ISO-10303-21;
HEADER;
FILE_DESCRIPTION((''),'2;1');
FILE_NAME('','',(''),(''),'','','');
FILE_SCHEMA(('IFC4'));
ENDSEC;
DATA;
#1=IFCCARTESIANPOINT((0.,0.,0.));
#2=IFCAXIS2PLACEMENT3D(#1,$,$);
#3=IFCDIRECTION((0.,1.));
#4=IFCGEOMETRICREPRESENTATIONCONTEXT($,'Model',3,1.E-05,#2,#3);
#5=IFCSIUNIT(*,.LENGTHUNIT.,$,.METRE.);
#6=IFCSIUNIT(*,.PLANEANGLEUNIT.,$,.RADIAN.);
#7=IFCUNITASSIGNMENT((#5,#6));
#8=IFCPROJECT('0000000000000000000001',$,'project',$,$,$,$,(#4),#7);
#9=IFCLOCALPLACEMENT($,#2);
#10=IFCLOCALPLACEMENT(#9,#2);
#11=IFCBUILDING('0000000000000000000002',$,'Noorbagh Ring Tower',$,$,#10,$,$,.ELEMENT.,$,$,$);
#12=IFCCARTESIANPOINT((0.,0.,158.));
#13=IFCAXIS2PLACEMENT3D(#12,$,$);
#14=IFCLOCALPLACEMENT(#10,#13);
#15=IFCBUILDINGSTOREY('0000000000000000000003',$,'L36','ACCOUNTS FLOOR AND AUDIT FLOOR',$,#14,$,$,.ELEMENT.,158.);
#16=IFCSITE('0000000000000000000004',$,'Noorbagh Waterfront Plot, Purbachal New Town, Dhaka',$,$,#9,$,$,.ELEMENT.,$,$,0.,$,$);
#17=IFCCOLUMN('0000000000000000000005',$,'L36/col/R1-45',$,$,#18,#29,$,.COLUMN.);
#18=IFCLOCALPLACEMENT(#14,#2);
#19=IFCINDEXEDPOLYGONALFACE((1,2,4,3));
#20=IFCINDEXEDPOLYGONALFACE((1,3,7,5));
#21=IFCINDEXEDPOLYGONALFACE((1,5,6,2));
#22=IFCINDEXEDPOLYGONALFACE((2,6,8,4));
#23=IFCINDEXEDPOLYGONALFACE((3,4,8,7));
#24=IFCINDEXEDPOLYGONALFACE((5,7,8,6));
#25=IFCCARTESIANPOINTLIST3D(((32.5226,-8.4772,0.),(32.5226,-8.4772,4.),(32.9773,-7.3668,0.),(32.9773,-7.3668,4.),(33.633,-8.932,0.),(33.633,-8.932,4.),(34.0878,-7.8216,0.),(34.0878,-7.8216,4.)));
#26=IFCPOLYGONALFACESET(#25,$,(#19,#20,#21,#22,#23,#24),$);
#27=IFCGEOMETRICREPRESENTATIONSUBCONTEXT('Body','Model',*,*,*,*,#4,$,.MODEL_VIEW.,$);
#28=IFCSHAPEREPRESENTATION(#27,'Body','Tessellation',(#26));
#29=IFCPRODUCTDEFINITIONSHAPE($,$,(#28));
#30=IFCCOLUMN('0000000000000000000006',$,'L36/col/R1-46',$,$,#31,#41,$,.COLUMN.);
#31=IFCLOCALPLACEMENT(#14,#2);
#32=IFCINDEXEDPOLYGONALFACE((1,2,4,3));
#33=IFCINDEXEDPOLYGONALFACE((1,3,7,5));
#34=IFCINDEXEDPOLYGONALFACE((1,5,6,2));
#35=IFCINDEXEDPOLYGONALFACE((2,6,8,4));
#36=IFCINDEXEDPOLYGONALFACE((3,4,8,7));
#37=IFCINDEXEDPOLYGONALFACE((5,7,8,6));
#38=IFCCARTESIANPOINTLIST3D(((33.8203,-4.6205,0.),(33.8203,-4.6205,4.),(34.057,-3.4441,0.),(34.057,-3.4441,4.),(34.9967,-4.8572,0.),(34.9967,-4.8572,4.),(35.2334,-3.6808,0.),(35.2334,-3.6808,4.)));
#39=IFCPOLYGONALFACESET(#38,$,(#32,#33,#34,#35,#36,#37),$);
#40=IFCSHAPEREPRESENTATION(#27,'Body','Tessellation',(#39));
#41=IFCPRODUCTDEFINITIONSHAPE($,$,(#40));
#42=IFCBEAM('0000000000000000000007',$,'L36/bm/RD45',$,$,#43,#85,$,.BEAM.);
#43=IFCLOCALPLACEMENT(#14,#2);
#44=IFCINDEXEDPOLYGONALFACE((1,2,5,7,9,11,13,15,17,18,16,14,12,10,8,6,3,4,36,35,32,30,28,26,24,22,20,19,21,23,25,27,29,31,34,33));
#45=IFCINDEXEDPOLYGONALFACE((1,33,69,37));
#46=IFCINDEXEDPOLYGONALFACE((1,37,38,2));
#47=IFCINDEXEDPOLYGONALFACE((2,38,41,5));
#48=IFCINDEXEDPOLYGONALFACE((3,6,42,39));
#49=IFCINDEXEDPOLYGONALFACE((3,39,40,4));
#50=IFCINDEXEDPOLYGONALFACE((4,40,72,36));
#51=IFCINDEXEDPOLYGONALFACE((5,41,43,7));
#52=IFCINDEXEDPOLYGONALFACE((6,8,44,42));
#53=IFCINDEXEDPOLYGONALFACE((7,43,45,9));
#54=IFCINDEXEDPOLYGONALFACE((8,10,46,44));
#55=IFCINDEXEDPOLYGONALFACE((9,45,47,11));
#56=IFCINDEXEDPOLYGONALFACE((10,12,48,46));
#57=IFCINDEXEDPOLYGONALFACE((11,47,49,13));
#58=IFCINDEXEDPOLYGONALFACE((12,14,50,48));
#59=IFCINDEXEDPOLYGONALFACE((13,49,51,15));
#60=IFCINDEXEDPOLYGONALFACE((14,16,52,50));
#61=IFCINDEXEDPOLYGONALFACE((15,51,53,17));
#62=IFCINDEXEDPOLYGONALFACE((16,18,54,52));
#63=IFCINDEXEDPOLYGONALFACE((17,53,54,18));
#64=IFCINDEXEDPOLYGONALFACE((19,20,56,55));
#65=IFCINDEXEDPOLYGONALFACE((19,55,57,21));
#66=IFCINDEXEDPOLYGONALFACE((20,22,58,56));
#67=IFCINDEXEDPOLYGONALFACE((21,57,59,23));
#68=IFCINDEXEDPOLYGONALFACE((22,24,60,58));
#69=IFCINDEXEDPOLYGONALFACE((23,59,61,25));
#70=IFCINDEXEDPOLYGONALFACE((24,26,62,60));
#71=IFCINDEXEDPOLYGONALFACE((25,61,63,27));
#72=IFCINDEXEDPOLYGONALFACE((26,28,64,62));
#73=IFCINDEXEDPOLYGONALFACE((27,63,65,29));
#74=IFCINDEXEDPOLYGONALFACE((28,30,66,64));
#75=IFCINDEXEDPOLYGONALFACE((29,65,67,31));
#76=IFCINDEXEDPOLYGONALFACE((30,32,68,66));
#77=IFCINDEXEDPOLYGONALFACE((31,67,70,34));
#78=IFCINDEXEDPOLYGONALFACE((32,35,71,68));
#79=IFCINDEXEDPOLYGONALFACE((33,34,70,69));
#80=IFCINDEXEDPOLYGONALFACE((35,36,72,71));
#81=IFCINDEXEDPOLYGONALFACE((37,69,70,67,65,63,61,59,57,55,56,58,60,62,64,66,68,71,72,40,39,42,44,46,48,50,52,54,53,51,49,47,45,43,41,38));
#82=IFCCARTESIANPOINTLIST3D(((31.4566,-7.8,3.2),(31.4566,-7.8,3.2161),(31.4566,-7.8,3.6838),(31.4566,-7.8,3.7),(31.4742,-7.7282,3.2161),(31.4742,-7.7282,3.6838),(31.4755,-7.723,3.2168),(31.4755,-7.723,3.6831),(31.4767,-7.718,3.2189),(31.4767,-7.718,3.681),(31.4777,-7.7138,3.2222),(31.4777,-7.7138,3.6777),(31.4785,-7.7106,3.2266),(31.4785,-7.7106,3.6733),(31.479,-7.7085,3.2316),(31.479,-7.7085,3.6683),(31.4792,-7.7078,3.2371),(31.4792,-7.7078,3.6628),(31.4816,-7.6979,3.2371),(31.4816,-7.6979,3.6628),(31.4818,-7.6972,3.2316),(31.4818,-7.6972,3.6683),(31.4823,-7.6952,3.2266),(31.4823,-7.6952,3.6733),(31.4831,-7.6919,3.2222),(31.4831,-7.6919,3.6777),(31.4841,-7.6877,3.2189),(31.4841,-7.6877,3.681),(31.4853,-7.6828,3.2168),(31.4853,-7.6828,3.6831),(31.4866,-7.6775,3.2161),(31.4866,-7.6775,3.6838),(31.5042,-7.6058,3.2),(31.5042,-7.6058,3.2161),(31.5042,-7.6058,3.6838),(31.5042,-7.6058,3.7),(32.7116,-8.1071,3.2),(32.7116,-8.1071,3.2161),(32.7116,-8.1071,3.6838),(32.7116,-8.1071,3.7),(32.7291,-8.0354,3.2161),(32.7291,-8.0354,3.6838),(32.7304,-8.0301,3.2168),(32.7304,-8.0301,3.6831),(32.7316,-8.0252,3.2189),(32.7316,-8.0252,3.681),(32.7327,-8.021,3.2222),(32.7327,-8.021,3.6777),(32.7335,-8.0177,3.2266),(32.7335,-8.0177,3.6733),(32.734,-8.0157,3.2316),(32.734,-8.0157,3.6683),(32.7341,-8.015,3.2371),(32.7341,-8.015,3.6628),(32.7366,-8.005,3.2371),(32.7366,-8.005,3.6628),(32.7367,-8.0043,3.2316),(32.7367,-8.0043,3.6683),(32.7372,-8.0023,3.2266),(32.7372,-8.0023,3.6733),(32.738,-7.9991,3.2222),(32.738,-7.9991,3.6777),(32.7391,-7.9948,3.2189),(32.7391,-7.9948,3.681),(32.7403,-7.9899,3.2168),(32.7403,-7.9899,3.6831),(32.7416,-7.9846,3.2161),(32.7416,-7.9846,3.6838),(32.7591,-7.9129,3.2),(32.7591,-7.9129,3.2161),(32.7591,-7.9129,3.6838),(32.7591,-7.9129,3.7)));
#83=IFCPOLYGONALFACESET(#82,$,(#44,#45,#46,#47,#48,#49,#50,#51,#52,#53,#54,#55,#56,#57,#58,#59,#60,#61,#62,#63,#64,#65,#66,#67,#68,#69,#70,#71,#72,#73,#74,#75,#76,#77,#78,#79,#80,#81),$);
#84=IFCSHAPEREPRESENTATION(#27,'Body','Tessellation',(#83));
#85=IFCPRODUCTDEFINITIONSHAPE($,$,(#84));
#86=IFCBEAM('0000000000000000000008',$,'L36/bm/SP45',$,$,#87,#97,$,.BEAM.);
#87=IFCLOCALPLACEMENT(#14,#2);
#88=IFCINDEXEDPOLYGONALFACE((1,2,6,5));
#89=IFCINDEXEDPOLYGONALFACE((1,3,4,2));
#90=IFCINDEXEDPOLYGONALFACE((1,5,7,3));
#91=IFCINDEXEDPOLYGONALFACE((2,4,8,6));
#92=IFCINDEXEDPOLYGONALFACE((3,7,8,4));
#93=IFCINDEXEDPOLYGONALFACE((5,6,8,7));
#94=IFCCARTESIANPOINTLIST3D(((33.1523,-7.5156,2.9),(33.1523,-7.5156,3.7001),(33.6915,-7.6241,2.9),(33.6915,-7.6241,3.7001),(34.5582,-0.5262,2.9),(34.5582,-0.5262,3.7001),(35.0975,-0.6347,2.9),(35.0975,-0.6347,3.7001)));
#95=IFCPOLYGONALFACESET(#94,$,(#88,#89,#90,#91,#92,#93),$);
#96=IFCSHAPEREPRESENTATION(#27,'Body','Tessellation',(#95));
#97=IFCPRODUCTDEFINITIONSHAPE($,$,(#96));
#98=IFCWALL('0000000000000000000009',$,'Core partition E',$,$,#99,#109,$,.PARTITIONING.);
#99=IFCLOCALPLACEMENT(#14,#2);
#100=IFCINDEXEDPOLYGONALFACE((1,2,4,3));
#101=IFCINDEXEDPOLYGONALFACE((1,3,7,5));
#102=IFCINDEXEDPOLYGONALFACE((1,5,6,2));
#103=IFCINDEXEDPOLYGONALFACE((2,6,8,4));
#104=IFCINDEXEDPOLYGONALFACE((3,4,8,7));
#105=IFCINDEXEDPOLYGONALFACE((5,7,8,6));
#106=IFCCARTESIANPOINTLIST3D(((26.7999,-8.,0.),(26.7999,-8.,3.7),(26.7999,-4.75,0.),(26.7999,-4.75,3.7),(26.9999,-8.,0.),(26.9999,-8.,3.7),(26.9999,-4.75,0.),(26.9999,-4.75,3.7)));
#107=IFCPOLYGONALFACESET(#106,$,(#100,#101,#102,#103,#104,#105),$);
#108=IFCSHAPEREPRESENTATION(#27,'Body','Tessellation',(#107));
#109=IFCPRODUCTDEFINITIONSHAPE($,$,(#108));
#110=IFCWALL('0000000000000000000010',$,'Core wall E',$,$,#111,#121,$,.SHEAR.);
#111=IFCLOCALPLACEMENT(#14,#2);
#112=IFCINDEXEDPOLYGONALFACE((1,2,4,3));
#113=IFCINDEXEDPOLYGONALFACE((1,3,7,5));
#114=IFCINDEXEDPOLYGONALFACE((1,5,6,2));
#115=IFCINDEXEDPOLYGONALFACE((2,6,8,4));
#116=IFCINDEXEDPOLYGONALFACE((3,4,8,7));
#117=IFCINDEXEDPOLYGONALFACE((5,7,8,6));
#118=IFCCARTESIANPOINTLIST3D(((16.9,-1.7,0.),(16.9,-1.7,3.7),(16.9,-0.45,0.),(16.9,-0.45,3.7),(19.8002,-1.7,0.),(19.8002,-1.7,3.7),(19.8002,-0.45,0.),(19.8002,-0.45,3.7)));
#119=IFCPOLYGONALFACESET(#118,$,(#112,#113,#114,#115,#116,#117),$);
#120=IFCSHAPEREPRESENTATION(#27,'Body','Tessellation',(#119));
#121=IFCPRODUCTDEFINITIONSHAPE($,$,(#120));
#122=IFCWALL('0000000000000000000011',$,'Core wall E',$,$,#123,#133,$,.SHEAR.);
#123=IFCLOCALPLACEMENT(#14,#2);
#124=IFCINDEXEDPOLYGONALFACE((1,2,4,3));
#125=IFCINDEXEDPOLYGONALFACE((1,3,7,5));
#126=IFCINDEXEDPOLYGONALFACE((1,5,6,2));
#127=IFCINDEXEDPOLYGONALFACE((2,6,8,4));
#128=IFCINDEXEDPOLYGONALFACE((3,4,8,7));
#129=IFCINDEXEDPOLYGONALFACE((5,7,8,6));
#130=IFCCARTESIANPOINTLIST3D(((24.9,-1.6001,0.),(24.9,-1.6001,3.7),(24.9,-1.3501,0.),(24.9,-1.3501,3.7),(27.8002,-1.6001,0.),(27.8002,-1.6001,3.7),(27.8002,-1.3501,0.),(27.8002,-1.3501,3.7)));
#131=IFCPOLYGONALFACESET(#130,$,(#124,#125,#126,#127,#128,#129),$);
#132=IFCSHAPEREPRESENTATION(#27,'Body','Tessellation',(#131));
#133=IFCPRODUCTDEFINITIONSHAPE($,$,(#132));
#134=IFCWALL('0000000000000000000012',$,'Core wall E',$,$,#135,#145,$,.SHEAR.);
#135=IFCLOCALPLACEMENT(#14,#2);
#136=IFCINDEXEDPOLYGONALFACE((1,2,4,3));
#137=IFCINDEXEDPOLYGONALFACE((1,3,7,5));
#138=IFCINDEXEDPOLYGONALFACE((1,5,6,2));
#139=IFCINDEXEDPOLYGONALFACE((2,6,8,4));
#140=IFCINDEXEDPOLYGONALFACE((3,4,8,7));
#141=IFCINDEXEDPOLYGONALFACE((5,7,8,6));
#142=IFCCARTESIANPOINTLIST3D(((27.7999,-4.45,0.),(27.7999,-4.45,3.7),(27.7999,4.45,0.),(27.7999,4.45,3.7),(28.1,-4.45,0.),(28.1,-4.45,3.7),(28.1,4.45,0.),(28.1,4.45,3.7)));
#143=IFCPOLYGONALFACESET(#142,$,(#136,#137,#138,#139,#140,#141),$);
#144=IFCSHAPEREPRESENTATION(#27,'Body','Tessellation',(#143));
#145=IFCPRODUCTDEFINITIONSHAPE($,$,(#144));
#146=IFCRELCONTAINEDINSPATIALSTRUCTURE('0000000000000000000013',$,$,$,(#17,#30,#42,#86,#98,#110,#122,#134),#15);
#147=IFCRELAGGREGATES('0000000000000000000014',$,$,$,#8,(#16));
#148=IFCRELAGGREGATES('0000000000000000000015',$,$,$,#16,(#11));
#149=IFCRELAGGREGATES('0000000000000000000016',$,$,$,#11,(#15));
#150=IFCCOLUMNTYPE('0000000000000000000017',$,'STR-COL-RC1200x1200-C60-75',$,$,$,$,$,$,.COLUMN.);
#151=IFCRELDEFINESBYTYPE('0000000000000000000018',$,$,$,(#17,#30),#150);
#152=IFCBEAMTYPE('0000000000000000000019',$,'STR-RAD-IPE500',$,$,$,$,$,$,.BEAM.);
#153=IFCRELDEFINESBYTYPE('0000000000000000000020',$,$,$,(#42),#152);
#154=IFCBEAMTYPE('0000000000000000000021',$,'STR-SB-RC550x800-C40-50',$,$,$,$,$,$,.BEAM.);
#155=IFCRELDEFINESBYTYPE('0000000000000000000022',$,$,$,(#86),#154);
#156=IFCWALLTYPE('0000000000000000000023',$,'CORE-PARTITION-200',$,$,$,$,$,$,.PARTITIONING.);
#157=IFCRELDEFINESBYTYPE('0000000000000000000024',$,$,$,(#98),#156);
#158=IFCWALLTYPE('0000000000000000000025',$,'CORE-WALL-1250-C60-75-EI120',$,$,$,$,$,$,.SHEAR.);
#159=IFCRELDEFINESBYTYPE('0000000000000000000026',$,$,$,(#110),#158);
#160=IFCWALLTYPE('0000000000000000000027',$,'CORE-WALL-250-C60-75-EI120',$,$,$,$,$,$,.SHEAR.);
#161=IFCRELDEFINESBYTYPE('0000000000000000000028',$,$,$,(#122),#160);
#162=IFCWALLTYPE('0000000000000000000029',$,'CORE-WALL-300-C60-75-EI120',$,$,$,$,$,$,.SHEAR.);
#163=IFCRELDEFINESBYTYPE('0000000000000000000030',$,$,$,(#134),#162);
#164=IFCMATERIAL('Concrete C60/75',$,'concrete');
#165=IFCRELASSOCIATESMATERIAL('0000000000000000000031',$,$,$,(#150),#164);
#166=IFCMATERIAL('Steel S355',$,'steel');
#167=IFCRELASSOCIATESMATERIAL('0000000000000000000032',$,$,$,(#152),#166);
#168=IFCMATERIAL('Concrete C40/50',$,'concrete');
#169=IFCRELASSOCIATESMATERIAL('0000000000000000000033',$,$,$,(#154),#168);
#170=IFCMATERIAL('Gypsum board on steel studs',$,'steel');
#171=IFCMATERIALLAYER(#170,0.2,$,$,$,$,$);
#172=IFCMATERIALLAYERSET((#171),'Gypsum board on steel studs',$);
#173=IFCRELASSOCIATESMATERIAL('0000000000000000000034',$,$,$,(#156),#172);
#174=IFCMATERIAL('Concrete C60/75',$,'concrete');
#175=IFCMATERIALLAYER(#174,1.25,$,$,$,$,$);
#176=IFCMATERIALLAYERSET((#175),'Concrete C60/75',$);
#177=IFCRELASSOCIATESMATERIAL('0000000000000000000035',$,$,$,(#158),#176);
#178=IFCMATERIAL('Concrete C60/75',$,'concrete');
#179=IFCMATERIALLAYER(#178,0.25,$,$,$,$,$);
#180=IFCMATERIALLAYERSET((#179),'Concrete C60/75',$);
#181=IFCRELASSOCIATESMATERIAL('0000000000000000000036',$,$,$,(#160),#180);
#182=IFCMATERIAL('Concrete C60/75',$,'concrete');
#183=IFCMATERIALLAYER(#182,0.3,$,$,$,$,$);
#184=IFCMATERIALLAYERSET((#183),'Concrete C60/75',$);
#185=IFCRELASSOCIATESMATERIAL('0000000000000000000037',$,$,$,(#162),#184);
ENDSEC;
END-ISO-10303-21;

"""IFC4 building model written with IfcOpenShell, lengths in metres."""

from ifc_helpers import new_model, si_unit, direction, frame, frame_2d, origin, origin_2d, place, context, subcontext, project, spatial, rectangle, i_section, extrude, material, layer, layer_set, material_profile, profile_set, type_object, element, save


model = new_model("IFC4")

# Units and contexts
model_context = context("Model", 3, precision=1e-05, world=origin(), true_north=direction((0.0, 1.0)))
body_context = subcontext(model_context, "Body", "Model", "MODEL_VIEW")
ifc_project = project(units=[si_unit("LENGTHUNIT", "METRE"), si_unit("PLANEANGLEUNIT", "RADIAN")], contexts=[model_context])

# Site, building, storey
site_placement = place(None, origin())
site = spatial("IfcSite", under=ifc_project, at=site_placement, Name="Noorbagh Waterfront Plot, Purbachal New Town, Dhaka", CompositionType="ELEMENT", RefElevation=0.0)
building_placement = place(site_placement, origin())
building = spatial("IfcBuilding", under=site, at=building_placement, Name="Noorbagh Ring Tower", CompositionType="ELEMENT")
storey_placement = place(building_placement, frame((0.0, 0.0, 158.0)))
storey = spatial("IfcBuildingStorey", under=building, at=storey_placement, Name="L36", Description="ACCOUNTS FLOOR AND AUDIT FLOOR", CompositionType="ELEMENT", Elevation=158.0)

# Columns
ifc_material_1 = material(Name="Concrete C60/75", Category="concrete")
ifc_material_profile_1 = material_profile(ifc_material_1, rectangle(XDim=1.2, YDim=1.2, at=origin_2d()), Name="RC1200x1200")
ifc_profile_set_1 = profile_set([ifc_material_profile_1], Name="Concrete C60/75")
column_type = type_object("IfcColumnType", Name="STR-COL-RC1200x1200-C60-75", PredefinedType="COLUMN", material=ifc_profile_set_1)
for number, where, z_axis, x_axis, name in (
    (1, (33.3052, -8.1494, 0.0), (0.0, 0.0, 1.0), (0.378989, 0.925401, 0.0), "L36/col/R1-45"),
    (2, (34.5269, -4.1506, 0.0), (0.0, 0.0, 1.0), (0.19723, 0.980357, 0.0), "L36/col/R1-46"),
):
    element("IfcColumn", number, at=place(storey_placement, frame(where, z_axis=z_axis, x_axis=x_axis)), inside=storey, type_object=column_type, Name=name, PredefinedType="COLUMN", context=body_context, shape_type="SweptSolid", body=[
        extrude(rectangle(XDim=1.2, YDim=1.2, at=origin_2d()), origin(), (0.0, 0.0, 1.0), 4.0),
    ])

# Beams
ifc_material_2 = material(Name="Steel S355", Category="steel")
ifc_material_profile_2 = material_profile(ifc_material_2, i_section(OverallWidth=0.2, OverallDepth=0.5, WebThickness=0.0103, FlangeThickness=0.0161, FilletRadius=0.021, at=origin_2d()), Name="IPE500")
ifc_profile_set_2 = profile_set([ifc_material_profile_2], Name="Steel S355")
beam_type_1 = type_object("IfcBeamType", Name="STR-RAD-IPE500", PredefinedType="BEAM", material=ifc_profile_set_2)
beam_1_placement = place(storey_placement, frame((32.7354, -8.01, 3.45), z_axis=(-0.971331, 0.23773, 0.0), x_axis=(-0.23773, -0.971331, 0.0)))
element("IfcBeam", 3, at=beam_1_placement, inside=storey, type_object=beam_type_1, Name="L36/bm/RD45", PredefinedType="BEAM", context=body_context, shape_type="SweptSolid", body=[
    extrude(i_section(OverallWidth=0.2, OverallDepth=0.5, WebThickness=0.0103, FlangeThickness=0.0161, FilletRadius=0.021, at=origin_2d()), origin(), (0.0, 0.0, 1.0), 1.292),
])
ifc_material_3 = material(Name="Concrete C40/50", Category="concrete")
ifc_material_profile_3 = material_profile(ifc_material_3, rectangle(XDim=0.55, YDim=0.8, at=origin_2d()), Name="RC550x800")
ifc_profile_set_3 = profile_set([ifc_material_profile_3], Name="Concrete C40/50")
beam_type_2 = type_object("IfcBeamType", Name="STR-SB-RC550x800-C40-50", PredefinedType="BEAM", material=ifc_profile_set_3)
beam_2_placement = place(storey_placement, frame((33.4219, -7.5698, 3.3), z_axis=(0.197209, 0.980361, 0.0), x_axis=(-0.980361, 0.197209, 0.0)))
element("IfcBeam", 4, at=beam_2_placement, inside=storey, type_object=beam_type_2, Name="L36/bm/SP45", PredefinedType="BEAM", context=body_context, shape_type="SweptSolid", body=[
    extrude(rectangle(XDim=0.55, YDim=0.8, at=origin_2d()), origin(), (0.0, 0.0, 1.0), 7.1294),
])

# Walls
ifc_material_4 = material(Name="Gypsum board on steel studs", Category="steel")
ifc_layer_1 = layer(ifc_material_4, 0.2)
ifc_layer_set_1 = layer_set([ifc_layer_1], Name="Gypsum board on steel studs")
wall_type_1 = type_object("IfcWallType", Name="CORE-PARTITION-200", PredefinedType="PARTITIONING", material=ifc_layer_set_1)
wall_1_placement = place(storey_placement, frame((26.8999, -8.0, 0.0), z_axis=(0.0, 0.0, 1.0), x_axis=(0.0, 1.0, 0.0)))
element("IfcWall", 5, at=wall_1_placement, inside=storey, type_object=wall_type_1, Name="Core partition E", PredefinedType="PARTITIONING", context=body_context, shape_type="SweptSolid", body=[
    extrude(rectangle(XDim=3.25, YDim=0.2, at=frame_2d((1.625, 0.0))), origin(), (0.0, 0.0, 1.0), 3.7),
])
ifc_material_5 = material(Name="Concrete C60/75", Category="concrete")
ifc_layer_2 = layer(ifc_material_5, 1.25)
ifc_layer_set_2 = layer_set([ifc_layer_2], Name="Concrete C60/75")
wall_type_2 = type_object("IfcWallType", Name="CORE-WALL-1250-C60-75-EI120", PredefinedType="SHEAR", material=ifc_layer_set_2)
wall_2_placement = place(storey_placement, frame((16.8999, -1.075, 0.0), z_axis=(0.0, 0.0, 1.0), x_axis=(1.0, 0.0, 0.0)))
element("IfcWall", 6, at=wall_2_placement, inside=storey, type_object=wall_type_2, Name="Core wall E", PredefinedType="SHEAR", context=body_context, shape_type="SweptSolid", body=[
    extrude(rectangle(XDim=2.9001, YDim=1.25, at=frame_2d((1.4502, 0.0))), origin(), (0.0, 0.0, 1.0), 3.7),
])
ifc_material_6 = material(Name="Concrete C60/75", Category="concrete")
ifc_layer_3 = layer(ifc_material_6, 0.25)
ifc_layer_set_3 = layer_set([ifc_layer_3], Name="Concrete C60/75")
wall_type_3 = type_object("IfcWallType", Name="CORE-WALL-250-C60-75-EI120", PredefinedType="SHEAR", material=ifc_layer_set_3)
wall_3_placement = place(storey_placement, frame((24.8999, -1.4751, 0.0), z_axis=(0.0, 0.0, 1.0), x_axis=(1.0, 0.0, 0.0)))
element("IfcWall", 7, at=wall_3_placement, inside=storey, type_object=wall_type_3, Name="Core wall E", PredefinedType="SHEAR", context=body_context, shape_type="SweptSolid", body=[
    extrude(rectangle(XDim=2.9001, YDim=0.25, at=frame_2d((1.4502, 0.0))), origin(), (0.0, 0.0, 1.0), 3.7),
])
ifc_material_7 = material(Name="Concrete C60/75", Category="concrete")
ifc_layer_4 = layer(ifc_material_7, 0.3)
ifc_layer_set_4 = layer_set([ifc_layer_4], Name="Concrete C60/75")
wall_type_4 = type_object("IfcWallType", Name="CORE-WALL-300-C60-75-EI120", PredefinedType="SHEAR", material=ifc_layer_set_4)
wall_4_placement = place(storey_placement, frame((27.95, -4.45, 0.0), z_axis=(0.0, 0.0, 1.0), x_axis=(0.0, 1.0, 0.0)))
element("IfcWall", 8, at=wall_4_placement, inside=storey, type_object=wall_type_4, Name="Core wall E", PredefinedType="SHEAR", context=body_context, shape_type="SweptSolid", body=[
    extrude(rectangle(XDim=8.8999, YDim=0.3, at=frame_2d((4.45, 0.0))), origin(), (0.0, 0.0, 1.0), 3.7),
])

save(model, "model.ifc")
